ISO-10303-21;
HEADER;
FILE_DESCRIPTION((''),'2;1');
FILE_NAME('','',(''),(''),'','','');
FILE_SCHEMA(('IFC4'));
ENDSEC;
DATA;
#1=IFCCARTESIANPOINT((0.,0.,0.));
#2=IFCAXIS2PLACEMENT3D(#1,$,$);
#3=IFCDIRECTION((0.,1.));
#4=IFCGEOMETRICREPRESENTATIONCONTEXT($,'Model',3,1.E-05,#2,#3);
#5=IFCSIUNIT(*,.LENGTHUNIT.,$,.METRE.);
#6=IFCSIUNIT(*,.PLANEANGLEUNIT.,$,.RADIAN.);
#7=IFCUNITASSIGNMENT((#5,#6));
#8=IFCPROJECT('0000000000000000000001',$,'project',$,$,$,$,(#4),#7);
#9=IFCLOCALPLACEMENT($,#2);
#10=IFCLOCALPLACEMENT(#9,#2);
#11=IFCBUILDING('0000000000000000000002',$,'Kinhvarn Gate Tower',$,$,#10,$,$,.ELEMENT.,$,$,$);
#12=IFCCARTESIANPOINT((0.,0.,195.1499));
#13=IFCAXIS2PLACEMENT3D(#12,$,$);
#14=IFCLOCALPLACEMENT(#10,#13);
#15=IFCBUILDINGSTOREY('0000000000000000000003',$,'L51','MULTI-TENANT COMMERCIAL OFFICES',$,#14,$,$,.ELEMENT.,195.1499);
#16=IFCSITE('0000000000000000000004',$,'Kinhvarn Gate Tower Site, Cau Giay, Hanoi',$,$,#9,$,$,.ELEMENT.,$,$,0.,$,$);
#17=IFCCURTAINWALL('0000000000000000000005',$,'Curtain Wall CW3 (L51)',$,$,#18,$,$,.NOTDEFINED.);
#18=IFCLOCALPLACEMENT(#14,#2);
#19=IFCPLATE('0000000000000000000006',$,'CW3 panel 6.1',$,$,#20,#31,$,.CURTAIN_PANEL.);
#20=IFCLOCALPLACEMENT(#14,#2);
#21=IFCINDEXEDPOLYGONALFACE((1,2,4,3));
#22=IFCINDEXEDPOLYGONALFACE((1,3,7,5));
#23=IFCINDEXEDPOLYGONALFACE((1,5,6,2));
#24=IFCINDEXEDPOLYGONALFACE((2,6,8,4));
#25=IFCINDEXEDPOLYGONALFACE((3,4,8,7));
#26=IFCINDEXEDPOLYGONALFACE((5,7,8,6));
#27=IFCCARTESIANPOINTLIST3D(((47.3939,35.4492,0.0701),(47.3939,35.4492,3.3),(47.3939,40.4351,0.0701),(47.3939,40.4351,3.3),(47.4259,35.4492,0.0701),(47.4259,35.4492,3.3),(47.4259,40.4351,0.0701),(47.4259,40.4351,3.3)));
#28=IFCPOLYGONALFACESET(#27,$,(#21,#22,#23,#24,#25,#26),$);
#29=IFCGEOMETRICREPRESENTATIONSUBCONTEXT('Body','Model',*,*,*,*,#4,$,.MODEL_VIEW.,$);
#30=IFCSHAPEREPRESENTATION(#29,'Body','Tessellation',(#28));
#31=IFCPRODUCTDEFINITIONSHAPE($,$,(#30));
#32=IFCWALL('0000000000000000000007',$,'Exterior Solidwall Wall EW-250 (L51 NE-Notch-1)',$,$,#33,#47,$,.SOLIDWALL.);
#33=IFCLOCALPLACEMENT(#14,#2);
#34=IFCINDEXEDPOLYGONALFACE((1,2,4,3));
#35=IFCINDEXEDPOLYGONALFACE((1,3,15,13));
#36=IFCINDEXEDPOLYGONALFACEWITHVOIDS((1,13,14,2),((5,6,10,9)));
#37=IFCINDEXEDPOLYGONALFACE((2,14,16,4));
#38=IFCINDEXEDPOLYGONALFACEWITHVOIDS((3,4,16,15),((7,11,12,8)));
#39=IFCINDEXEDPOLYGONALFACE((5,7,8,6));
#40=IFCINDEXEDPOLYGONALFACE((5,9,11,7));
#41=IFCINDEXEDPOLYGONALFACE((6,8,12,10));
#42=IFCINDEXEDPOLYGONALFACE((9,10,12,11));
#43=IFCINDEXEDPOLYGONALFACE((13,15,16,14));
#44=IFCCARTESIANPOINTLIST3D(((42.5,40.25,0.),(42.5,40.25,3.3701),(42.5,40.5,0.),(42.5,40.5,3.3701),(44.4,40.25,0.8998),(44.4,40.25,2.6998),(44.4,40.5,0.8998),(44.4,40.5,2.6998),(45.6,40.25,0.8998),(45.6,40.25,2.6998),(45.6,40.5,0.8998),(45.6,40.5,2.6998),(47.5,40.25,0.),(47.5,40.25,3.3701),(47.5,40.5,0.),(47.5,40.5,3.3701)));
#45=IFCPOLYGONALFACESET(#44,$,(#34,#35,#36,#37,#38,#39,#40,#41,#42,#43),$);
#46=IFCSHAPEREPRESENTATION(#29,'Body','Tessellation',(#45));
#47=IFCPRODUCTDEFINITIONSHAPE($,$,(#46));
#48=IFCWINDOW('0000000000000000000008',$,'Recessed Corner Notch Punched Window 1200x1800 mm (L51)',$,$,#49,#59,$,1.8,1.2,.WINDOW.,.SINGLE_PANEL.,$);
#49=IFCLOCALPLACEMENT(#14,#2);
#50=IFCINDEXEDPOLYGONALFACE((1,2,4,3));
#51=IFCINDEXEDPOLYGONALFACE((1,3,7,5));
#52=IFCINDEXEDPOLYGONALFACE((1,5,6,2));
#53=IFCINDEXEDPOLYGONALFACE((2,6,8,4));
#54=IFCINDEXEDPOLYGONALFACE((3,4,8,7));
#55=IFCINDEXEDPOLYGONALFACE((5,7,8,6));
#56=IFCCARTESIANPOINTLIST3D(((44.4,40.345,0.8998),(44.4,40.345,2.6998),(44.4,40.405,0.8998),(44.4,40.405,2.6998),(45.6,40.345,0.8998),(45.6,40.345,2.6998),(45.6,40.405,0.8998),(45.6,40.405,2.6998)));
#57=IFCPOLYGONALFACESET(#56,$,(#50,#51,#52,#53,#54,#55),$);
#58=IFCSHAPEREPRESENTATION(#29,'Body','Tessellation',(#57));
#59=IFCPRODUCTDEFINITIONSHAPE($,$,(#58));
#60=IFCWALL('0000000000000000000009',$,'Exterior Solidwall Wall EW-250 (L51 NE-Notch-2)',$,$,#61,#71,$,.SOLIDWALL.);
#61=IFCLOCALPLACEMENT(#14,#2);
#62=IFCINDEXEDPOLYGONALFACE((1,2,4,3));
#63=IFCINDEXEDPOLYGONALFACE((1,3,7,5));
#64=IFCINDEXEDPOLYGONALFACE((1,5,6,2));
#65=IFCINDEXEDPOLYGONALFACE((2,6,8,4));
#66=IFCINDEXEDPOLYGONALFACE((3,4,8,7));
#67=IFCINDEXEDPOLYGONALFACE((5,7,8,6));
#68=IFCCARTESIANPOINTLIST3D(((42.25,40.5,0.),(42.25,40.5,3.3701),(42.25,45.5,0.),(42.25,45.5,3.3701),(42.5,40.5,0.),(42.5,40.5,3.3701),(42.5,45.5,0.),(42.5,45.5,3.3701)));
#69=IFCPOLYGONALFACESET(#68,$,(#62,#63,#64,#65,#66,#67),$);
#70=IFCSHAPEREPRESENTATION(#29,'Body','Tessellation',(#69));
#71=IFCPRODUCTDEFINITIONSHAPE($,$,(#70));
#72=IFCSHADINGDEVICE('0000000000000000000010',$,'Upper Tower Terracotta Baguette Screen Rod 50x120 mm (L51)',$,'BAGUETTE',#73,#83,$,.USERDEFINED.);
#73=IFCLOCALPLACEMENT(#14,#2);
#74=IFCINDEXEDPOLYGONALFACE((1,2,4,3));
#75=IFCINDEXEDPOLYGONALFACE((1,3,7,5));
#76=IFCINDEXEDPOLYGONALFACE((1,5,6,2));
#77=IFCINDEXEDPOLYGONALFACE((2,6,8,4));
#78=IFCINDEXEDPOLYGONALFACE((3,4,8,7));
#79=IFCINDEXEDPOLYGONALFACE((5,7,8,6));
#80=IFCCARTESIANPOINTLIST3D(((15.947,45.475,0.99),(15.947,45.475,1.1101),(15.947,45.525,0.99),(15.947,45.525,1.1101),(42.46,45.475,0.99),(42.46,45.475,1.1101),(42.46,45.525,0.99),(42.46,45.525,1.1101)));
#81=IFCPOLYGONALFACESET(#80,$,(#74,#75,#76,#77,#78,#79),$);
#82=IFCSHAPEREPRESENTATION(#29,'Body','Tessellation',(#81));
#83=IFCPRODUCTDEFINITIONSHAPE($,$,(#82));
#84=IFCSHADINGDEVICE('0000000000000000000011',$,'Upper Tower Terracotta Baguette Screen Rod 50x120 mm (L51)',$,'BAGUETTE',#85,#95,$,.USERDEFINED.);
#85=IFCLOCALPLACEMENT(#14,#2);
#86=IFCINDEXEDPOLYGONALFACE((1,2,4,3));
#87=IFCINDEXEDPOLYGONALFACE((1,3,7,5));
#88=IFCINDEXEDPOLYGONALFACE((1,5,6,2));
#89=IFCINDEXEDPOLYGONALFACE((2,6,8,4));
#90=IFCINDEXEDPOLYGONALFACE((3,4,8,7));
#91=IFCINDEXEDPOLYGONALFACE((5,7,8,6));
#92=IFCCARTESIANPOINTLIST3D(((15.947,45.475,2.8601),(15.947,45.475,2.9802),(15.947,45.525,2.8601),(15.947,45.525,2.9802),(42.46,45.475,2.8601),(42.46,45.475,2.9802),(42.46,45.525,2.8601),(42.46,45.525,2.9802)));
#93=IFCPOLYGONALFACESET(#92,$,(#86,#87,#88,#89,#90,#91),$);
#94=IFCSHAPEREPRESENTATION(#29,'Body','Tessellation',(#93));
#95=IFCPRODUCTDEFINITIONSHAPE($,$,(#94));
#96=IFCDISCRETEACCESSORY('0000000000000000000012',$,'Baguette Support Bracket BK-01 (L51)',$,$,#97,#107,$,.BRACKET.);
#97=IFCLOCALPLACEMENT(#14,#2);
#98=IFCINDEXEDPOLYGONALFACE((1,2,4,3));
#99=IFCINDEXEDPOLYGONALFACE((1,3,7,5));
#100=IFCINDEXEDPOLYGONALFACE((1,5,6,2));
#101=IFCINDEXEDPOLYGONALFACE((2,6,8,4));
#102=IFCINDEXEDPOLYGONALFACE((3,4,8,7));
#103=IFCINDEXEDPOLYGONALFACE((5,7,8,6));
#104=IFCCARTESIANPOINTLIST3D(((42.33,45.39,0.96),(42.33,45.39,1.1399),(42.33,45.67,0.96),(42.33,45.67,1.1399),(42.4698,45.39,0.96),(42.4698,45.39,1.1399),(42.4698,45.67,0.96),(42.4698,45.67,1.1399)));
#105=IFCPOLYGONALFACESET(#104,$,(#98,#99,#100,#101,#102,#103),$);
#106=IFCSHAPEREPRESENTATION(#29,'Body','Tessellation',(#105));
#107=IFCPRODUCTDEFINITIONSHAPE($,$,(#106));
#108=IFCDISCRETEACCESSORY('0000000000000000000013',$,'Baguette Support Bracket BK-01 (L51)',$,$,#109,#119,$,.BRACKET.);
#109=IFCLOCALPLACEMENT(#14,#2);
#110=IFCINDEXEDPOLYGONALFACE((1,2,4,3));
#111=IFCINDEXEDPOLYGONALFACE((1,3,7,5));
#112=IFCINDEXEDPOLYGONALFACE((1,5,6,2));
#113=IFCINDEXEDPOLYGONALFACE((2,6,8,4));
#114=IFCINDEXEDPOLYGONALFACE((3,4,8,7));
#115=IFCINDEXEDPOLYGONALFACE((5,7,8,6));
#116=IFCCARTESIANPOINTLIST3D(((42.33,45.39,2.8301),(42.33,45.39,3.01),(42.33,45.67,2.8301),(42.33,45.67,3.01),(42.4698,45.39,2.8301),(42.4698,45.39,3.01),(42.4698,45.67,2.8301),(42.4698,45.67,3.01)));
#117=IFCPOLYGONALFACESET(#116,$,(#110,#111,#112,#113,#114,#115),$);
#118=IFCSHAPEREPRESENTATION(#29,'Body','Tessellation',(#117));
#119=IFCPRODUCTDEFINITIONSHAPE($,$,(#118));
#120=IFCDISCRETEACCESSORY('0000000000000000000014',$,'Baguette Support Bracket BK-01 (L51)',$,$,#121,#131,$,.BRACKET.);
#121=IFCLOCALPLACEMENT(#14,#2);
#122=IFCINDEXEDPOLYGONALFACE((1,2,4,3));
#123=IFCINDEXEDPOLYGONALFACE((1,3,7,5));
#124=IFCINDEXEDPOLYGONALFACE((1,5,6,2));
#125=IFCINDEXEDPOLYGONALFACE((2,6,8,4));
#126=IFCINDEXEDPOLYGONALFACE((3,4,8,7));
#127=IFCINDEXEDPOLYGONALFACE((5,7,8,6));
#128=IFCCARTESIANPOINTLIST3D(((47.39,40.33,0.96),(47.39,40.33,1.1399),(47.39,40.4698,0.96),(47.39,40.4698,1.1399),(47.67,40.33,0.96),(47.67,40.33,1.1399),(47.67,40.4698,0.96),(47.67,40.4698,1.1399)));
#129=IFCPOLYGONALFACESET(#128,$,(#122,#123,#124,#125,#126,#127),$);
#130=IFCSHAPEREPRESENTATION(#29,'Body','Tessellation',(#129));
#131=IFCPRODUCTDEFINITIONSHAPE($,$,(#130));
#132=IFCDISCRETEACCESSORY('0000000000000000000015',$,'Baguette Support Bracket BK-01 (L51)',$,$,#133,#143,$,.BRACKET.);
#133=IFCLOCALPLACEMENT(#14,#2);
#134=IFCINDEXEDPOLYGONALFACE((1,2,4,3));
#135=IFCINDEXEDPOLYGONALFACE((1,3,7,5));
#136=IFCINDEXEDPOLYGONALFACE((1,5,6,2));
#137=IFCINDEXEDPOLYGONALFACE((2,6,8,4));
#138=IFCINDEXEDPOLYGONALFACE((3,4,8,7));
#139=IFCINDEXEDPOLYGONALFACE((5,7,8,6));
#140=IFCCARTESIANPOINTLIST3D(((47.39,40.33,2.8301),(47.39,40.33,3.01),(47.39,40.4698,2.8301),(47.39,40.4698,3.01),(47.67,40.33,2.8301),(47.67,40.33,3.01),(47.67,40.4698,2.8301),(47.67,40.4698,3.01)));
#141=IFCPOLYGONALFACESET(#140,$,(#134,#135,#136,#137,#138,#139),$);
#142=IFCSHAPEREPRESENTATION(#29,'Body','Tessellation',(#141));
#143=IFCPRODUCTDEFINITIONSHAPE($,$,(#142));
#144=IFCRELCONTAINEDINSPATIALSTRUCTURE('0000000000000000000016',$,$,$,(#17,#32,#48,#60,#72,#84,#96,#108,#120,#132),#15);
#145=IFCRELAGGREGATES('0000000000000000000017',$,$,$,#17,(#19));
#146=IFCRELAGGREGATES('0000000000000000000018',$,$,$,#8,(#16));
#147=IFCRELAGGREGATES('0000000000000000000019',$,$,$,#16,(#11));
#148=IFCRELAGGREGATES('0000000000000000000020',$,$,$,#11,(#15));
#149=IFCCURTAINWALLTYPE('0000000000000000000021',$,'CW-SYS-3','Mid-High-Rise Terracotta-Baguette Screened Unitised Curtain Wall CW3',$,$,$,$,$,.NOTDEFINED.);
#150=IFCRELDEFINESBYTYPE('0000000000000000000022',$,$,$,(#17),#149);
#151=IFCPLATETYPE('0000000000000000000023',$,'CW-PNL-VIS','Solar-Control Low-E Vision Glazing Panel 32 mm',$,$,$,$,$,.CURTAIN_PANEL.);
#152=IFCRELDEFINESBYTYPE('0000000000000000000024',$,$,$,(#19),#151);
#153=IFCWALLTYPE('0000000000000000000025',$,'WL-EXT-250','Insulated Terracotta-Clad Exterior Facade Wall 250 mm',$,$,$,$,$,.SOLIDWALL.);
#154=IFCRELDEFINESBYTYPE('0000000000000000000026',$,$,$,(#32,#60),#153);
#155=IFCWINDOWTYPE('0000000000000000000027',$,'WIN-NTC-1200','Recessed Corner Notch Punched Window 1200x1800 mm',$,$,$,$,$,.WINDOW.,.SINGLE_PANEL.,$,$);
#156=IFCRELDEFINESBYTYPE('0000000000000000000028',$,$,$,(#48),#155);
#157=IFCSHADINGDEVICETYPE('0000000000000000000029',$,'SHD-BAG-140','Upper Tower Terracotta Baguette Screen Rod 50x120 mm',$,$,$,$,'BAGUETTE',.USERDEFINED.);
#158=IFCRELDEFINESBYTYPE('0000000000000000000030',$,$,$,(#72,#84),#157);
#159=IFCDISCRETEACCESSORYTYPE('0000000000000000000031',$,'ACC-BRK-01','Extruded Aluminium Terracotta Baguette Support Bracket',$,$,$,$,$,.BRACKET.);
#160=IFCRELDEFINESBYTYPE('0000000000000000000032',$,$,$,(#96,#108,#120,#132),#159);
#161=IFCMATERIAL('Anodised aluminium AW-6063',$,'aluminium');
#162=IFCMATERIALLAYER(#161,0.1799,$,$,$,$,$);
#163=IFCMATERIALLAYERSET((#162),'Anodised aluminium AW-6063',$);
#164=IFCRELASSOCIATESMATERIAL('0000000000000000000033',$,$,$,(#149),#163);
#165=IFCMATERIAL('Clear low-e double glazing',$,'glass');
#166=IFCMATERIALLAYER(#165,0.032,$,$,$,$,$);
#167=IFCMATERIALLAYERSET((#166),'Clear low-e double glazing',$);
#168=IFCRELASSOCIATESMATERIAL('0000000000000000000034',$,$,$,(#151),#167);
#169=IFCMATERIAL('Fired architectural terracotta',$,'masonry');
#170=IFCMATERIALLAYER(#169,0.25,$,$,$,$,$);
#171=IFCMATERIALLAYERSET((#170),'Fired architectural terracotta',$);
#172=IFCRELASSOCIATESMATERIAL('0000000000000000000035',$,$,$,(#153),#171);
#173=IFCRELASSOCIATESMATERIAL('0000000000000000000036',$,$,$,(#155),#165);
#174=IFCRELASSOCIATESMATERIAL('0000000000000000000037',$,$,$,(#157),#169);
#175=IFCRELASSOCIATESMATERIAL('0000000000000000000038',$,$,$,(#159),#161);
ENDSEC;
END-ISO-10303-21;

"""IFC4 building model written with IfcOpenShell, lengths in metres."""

from ifc_helpers import new_model, si_unit, direction, frame, frame_2d, origin, origin_2d, place, context, subcontext, project, spatial, rectangle, extrude, material, layer, layer_set, material_profile, profile_set, type_object, element, fill, aggregate, save


model = new_model("IFC4")

# Units and contexts
model_context = context("Model", 3, precision=1e-05, world=origin(), true_north=direction((0.0, 1.0)))
body_context = subcontext(model_context, "Body", "Model", "MODEL_VIEW")
ifc_project = project(units=[si_unit("LENGTHUNIT", "METRE"), si_unit("PLANEANGLEUNIT", "RADIAN")], contexts=[model_context])

# Site, building, storey
site_placement = place(None, origin())
site = spatial("IfcSite", under=ifc_project, at=site_placement, Name="Kinhvarn Gate Tower Site, Cau Giay, Hanoi", CompositionType="ELEMENT", RefElevation=0.0)
building_placement = place(site_placement, origin())
building = spatial("IfcBuilding", under=site, at=building_placement, Name="Kinhvarn Gate Tower", CompositionType="ELEMENT")
storey_placement = place(building_placement, frame((0.0, 0.0, 195.1499)))
storey = spatial("IfcBuildingStorey", under=building, at=storey_placement, Name="L51", Description="MULTI-TENANT COMMERCIAL OFFICES", CompositionType="ELEMENT", Elevation=195.1499)

# Shared definitions
ifc_material_1 = material(Name="Anodised aluminium AW-6063", Category="aluminium")
ifc_layer_1 = layer(ifc_material_1, 0.1799)
ifc_layer_set_1 = layer_set([ifc_layer_1], Name="Anodised aluminium AW-6063")
curtain_wall_type = type_object("IfcCurtainWallType", Name="CW-SYS-3", Description="Mid-High-Rise Terracotta-Baguette Screened Unitised Curtain Wall CW3", PredefinedType="NOTDEFINED", material=ifc_layer_set_1)

# Curtain wall
curtain_wall_1_placement = place(storey_placement, origin())
curtain_wall_1 = element("IfcCurtainWall", 1, at=curtain_wall_1_placement, inside=storey, type_object=curtain_wall_type, Name="Curtain Wall CW3 (L51)", PredefinedType="NOTDEFINED")

# Plate
ifc_material_2 = material(Name="Clear low-e double glazing", Category="glass")
ifc_layer_2 = layer(ifc_material_2, 0.032)
ifc_layer_set_2 = layer_set([ifc_layer_2], Name="Clear low-e double glazing")
plate_type = type_object("IfcPlateType", Name="CW-PNL-VIS", Description="Solar-Control Low-E Vision Glazing Panel 32 mm", PredefinedType="CURTAIN_PANEL", material=ifc_layer_set_2)
plate_1_placement = place(storey_placement, frame((47.4099, 37.9421, 0.0701), z_axis=(0.0, 0.0, 1.0), x_axis=(0.0, 1.0, 0.0)))
plate_1 = element("IfcPlate", 2, at=plate_1_placement, type_object=plate_type, Name="CW3 panel 6.1", PredefinedType="CURTAIN_PANEL", context=body_context, shape_type="SweptSolid", body=[
    extrude(rectangle(XDim=4.9858, YDim=0.032, at=origin_2d()), origin(), (0.0, 0.0, 1.0), 3.23),
])
aggregate(curtain_wall_1, [plate_1])

# Wall, opening, window
ifc_material_3 = material(Name="Fired architectural terracotta", Category="masonry")
ifc_layer_3 = layer(ifc_material_3, 0.25)
ifc_layer_set_3 = layer_set([ifc_layer_3], Name="Fired architectural terracotta")
wall_type = type_object("IfcWallType", Name="WL-EXT-250", Description="Insulated Terracotta-Clad Exterior Facade Wall 250 mm", PredefinedType="SOLIDWALL", material=ifc_layer_set_3)
wall_1_placement = place(storey_placement, frame((47.5, 40.375, 0.0), z_axis=(0.0, 0.0, 1.0), x_axis=(-1.0, 0.0, 0.0)))
wall_1 = element("IfcWall", 3, at=wall_1_placement, inside=storey, type_object=wall_type, Name="Exterior Solidwall Wall EW-250 (L51 NE-Notch-1)", PredefinedType="SOLIDWALL", context=body_context, shape_type="SweptSolid", body=[
    extrude(rectangle(XDim=5.0, YDim=0.25, at=frame_2d((2.5, 0.0))), origin(), (0.0, 0.0, 1.0), 3.3701),
])
opening_placement = place(wall_1_placement, frame((1.8999, 0.0, 0.8999)))
opening = element("IfcOpeningElement", 4, at=opening_placement, cuts=wall_1, PredefinedType="OPENING", context=body_context, shape_type="SweptSolid", body=[
    extrude(rectangle(XDim=1.2, YDim=1.8, at=frame_2d((0.6001, 0.8999))), frame((0.0, 0.135, 0.0), z_axis=(0.0, -1.0, 0.0), x_axis=(1.0, 0.0, 0.0)), (0.0, 0.0, 1.0), 0.27),
])
window_type = type_object("IfcWindowType", Name="WIN-NTC-1200", Description="Recessed Corner Notch Punched Window 1200x1800 mm", PartitioningType="SINGLE_PANEL", PredefinedType="WINDOW", material=ifc_material_2)
window_placement = place(opening_placement, origin())
window = element("IfcWindow", 5, at=window_placement, inside=storey, type_object=window_type, Name="Recessed Corner Notch Punched Window 1200x1800 mm (L51)", OverallHeight=1.8, OverallWidth=1.2, PartitioningType="SINGLE_PANEL", PredefinedType="WINDOW", context=body_context, shape_type="SweptSolid", body=[
    extrude(rectangle(XDim=1.2, YDim=1.8, at=frame_2d((0.6001, 0.8999))), frame((0.0, 0.03, 0.0), z_axis=(0.0, -1.0, 0.0), x_axis=(1.0, 0.0, 0.0)), (0.0, 0.0, 1.0), 0.0601),
])
fill(opening, window)

# Wall
wall_2_placement = place(storey_placement, frame((42.375, 40.5, 0.0), z_axis=(0.0, 0.0, 1.0), x_axis=(0.0, 1.0, 0.0)))
element("IfcWall", 6, at=wall_2_placement, inside=storey, type_object=wall_type, Name="Exterior Solidwall Wall EW-250 (L51 NE-Notch-2)", PredefinedType="SOLIDWALL", context=body_context, shape_type="SweptSolid", body=[
    extrude(rectangle(XDim=5.0, YDim=0.25, at=frame_2d((2.5, 0.0))), origin(), (0.0, 0.0, 1.0), 3.3701),
])

# Shading devices
ifc_material_profile_1 = material_profile(ifc_material_3, rectangle(XDim=0.05, YDim=0.1201, at=origin_2d()), Name="TC 50x120")
ifc_profile_set_1 = profile_set([ifc_material_profile_1], Name="Fired architectural terracotta")
shading_device_type = type_object("IfcShadingDeviceType", Name="SHD-BAG-140", Description="Upper Tower Terracotta Baguette Screen Rod 50x120 mm", ElementType="BAGUETTE", PredefinedType="USERDEFINED", material=ifc_profile_set_1)
for number, where, z_axis, x_axis, name in (
    (7, (42.46, 45.5, 1.05), (-1.0, 0.0, 0.0), (0.0, -1.0, 0.0), "Upper Tower Terracotta Baguette Screen Rod 50x120 mm (L51)"),
    (8, (42.46, 45.5, 2.9202), (-1.0, 0.0, 0.0), (0.0, -1.0, 0.0), "Upper Tower Terracotta Baguette Screen Rod 50x120 mm (L51)"),
):
    element("IfcShadingDevice", number, at=place(storey_placement, frame(where, z_axis=z_axis, x_axis=x_axis)), inside=storey, type_object=shading_device_type, Name=name, ObjectType="BAGUETTE", PredefinedType="USERDEFINED", context=body_context, shape_type="SweptSolid", body=[
        extrude(rectangle(XDim=0.05, YDim=0.1201, at=origin_2d()), origin(), (0.0, 0.0, 1.0), 26.5129),
    ])

# Discrete accessories
discrete_accessory_type = type_object("IfcDiscreteAccessoryType", Name="ACC-BRK-01", Description="Extruded Aluminium Terracotta Baguette Support Bracket", PredefinedType="BRACKET", material=ifc_material_1)
for number, where, z_axis, x_axis, name in (
    (9, (42.3999, 45.53, 0.96), (0.0, 0.0, 1.0), (-1.0, 0.0, 0.0), "Baguette Support Bracket BK-01 (L51)"),
    (10, (42.3999, 45.53, 2.8301), (0.0, 0.0, 1.0), (-1.0, 0.0, 0.0), "Baguette Support Bracket BK-01 (L51)"),
    (11, (47.53, 40.3999, 0.96), (0.0, 0.0, 1.0), (0.0, 1.0, 0.0), "Baguette Support Bracket BK-01 (L51)"),
    (12, (47.53, 40.3999, 2.8301), (0.0, 0.0, 1.0), (0.0, 1.0, 0.0), "Baguette Support Bracket BK-01 (L51)"),
):
    element("IfcDiscreteAccessory", number, at=place(storey_placement, frame(where, z_axis=z_axis, x_axis=x_axis)), inside=storey, type_object=discrete_accessory_type, Name=name, PredefinedType="BRACKET", context=body_context, shape_type="SweptSolid", body=[
        extrude(rectangle(XDim=0.1399, YDim=0.28, at=origin_2d()), origin(), (0.0, 0.0, 1.0), 0.1799),
    ])

save(model, "model.ifc")
